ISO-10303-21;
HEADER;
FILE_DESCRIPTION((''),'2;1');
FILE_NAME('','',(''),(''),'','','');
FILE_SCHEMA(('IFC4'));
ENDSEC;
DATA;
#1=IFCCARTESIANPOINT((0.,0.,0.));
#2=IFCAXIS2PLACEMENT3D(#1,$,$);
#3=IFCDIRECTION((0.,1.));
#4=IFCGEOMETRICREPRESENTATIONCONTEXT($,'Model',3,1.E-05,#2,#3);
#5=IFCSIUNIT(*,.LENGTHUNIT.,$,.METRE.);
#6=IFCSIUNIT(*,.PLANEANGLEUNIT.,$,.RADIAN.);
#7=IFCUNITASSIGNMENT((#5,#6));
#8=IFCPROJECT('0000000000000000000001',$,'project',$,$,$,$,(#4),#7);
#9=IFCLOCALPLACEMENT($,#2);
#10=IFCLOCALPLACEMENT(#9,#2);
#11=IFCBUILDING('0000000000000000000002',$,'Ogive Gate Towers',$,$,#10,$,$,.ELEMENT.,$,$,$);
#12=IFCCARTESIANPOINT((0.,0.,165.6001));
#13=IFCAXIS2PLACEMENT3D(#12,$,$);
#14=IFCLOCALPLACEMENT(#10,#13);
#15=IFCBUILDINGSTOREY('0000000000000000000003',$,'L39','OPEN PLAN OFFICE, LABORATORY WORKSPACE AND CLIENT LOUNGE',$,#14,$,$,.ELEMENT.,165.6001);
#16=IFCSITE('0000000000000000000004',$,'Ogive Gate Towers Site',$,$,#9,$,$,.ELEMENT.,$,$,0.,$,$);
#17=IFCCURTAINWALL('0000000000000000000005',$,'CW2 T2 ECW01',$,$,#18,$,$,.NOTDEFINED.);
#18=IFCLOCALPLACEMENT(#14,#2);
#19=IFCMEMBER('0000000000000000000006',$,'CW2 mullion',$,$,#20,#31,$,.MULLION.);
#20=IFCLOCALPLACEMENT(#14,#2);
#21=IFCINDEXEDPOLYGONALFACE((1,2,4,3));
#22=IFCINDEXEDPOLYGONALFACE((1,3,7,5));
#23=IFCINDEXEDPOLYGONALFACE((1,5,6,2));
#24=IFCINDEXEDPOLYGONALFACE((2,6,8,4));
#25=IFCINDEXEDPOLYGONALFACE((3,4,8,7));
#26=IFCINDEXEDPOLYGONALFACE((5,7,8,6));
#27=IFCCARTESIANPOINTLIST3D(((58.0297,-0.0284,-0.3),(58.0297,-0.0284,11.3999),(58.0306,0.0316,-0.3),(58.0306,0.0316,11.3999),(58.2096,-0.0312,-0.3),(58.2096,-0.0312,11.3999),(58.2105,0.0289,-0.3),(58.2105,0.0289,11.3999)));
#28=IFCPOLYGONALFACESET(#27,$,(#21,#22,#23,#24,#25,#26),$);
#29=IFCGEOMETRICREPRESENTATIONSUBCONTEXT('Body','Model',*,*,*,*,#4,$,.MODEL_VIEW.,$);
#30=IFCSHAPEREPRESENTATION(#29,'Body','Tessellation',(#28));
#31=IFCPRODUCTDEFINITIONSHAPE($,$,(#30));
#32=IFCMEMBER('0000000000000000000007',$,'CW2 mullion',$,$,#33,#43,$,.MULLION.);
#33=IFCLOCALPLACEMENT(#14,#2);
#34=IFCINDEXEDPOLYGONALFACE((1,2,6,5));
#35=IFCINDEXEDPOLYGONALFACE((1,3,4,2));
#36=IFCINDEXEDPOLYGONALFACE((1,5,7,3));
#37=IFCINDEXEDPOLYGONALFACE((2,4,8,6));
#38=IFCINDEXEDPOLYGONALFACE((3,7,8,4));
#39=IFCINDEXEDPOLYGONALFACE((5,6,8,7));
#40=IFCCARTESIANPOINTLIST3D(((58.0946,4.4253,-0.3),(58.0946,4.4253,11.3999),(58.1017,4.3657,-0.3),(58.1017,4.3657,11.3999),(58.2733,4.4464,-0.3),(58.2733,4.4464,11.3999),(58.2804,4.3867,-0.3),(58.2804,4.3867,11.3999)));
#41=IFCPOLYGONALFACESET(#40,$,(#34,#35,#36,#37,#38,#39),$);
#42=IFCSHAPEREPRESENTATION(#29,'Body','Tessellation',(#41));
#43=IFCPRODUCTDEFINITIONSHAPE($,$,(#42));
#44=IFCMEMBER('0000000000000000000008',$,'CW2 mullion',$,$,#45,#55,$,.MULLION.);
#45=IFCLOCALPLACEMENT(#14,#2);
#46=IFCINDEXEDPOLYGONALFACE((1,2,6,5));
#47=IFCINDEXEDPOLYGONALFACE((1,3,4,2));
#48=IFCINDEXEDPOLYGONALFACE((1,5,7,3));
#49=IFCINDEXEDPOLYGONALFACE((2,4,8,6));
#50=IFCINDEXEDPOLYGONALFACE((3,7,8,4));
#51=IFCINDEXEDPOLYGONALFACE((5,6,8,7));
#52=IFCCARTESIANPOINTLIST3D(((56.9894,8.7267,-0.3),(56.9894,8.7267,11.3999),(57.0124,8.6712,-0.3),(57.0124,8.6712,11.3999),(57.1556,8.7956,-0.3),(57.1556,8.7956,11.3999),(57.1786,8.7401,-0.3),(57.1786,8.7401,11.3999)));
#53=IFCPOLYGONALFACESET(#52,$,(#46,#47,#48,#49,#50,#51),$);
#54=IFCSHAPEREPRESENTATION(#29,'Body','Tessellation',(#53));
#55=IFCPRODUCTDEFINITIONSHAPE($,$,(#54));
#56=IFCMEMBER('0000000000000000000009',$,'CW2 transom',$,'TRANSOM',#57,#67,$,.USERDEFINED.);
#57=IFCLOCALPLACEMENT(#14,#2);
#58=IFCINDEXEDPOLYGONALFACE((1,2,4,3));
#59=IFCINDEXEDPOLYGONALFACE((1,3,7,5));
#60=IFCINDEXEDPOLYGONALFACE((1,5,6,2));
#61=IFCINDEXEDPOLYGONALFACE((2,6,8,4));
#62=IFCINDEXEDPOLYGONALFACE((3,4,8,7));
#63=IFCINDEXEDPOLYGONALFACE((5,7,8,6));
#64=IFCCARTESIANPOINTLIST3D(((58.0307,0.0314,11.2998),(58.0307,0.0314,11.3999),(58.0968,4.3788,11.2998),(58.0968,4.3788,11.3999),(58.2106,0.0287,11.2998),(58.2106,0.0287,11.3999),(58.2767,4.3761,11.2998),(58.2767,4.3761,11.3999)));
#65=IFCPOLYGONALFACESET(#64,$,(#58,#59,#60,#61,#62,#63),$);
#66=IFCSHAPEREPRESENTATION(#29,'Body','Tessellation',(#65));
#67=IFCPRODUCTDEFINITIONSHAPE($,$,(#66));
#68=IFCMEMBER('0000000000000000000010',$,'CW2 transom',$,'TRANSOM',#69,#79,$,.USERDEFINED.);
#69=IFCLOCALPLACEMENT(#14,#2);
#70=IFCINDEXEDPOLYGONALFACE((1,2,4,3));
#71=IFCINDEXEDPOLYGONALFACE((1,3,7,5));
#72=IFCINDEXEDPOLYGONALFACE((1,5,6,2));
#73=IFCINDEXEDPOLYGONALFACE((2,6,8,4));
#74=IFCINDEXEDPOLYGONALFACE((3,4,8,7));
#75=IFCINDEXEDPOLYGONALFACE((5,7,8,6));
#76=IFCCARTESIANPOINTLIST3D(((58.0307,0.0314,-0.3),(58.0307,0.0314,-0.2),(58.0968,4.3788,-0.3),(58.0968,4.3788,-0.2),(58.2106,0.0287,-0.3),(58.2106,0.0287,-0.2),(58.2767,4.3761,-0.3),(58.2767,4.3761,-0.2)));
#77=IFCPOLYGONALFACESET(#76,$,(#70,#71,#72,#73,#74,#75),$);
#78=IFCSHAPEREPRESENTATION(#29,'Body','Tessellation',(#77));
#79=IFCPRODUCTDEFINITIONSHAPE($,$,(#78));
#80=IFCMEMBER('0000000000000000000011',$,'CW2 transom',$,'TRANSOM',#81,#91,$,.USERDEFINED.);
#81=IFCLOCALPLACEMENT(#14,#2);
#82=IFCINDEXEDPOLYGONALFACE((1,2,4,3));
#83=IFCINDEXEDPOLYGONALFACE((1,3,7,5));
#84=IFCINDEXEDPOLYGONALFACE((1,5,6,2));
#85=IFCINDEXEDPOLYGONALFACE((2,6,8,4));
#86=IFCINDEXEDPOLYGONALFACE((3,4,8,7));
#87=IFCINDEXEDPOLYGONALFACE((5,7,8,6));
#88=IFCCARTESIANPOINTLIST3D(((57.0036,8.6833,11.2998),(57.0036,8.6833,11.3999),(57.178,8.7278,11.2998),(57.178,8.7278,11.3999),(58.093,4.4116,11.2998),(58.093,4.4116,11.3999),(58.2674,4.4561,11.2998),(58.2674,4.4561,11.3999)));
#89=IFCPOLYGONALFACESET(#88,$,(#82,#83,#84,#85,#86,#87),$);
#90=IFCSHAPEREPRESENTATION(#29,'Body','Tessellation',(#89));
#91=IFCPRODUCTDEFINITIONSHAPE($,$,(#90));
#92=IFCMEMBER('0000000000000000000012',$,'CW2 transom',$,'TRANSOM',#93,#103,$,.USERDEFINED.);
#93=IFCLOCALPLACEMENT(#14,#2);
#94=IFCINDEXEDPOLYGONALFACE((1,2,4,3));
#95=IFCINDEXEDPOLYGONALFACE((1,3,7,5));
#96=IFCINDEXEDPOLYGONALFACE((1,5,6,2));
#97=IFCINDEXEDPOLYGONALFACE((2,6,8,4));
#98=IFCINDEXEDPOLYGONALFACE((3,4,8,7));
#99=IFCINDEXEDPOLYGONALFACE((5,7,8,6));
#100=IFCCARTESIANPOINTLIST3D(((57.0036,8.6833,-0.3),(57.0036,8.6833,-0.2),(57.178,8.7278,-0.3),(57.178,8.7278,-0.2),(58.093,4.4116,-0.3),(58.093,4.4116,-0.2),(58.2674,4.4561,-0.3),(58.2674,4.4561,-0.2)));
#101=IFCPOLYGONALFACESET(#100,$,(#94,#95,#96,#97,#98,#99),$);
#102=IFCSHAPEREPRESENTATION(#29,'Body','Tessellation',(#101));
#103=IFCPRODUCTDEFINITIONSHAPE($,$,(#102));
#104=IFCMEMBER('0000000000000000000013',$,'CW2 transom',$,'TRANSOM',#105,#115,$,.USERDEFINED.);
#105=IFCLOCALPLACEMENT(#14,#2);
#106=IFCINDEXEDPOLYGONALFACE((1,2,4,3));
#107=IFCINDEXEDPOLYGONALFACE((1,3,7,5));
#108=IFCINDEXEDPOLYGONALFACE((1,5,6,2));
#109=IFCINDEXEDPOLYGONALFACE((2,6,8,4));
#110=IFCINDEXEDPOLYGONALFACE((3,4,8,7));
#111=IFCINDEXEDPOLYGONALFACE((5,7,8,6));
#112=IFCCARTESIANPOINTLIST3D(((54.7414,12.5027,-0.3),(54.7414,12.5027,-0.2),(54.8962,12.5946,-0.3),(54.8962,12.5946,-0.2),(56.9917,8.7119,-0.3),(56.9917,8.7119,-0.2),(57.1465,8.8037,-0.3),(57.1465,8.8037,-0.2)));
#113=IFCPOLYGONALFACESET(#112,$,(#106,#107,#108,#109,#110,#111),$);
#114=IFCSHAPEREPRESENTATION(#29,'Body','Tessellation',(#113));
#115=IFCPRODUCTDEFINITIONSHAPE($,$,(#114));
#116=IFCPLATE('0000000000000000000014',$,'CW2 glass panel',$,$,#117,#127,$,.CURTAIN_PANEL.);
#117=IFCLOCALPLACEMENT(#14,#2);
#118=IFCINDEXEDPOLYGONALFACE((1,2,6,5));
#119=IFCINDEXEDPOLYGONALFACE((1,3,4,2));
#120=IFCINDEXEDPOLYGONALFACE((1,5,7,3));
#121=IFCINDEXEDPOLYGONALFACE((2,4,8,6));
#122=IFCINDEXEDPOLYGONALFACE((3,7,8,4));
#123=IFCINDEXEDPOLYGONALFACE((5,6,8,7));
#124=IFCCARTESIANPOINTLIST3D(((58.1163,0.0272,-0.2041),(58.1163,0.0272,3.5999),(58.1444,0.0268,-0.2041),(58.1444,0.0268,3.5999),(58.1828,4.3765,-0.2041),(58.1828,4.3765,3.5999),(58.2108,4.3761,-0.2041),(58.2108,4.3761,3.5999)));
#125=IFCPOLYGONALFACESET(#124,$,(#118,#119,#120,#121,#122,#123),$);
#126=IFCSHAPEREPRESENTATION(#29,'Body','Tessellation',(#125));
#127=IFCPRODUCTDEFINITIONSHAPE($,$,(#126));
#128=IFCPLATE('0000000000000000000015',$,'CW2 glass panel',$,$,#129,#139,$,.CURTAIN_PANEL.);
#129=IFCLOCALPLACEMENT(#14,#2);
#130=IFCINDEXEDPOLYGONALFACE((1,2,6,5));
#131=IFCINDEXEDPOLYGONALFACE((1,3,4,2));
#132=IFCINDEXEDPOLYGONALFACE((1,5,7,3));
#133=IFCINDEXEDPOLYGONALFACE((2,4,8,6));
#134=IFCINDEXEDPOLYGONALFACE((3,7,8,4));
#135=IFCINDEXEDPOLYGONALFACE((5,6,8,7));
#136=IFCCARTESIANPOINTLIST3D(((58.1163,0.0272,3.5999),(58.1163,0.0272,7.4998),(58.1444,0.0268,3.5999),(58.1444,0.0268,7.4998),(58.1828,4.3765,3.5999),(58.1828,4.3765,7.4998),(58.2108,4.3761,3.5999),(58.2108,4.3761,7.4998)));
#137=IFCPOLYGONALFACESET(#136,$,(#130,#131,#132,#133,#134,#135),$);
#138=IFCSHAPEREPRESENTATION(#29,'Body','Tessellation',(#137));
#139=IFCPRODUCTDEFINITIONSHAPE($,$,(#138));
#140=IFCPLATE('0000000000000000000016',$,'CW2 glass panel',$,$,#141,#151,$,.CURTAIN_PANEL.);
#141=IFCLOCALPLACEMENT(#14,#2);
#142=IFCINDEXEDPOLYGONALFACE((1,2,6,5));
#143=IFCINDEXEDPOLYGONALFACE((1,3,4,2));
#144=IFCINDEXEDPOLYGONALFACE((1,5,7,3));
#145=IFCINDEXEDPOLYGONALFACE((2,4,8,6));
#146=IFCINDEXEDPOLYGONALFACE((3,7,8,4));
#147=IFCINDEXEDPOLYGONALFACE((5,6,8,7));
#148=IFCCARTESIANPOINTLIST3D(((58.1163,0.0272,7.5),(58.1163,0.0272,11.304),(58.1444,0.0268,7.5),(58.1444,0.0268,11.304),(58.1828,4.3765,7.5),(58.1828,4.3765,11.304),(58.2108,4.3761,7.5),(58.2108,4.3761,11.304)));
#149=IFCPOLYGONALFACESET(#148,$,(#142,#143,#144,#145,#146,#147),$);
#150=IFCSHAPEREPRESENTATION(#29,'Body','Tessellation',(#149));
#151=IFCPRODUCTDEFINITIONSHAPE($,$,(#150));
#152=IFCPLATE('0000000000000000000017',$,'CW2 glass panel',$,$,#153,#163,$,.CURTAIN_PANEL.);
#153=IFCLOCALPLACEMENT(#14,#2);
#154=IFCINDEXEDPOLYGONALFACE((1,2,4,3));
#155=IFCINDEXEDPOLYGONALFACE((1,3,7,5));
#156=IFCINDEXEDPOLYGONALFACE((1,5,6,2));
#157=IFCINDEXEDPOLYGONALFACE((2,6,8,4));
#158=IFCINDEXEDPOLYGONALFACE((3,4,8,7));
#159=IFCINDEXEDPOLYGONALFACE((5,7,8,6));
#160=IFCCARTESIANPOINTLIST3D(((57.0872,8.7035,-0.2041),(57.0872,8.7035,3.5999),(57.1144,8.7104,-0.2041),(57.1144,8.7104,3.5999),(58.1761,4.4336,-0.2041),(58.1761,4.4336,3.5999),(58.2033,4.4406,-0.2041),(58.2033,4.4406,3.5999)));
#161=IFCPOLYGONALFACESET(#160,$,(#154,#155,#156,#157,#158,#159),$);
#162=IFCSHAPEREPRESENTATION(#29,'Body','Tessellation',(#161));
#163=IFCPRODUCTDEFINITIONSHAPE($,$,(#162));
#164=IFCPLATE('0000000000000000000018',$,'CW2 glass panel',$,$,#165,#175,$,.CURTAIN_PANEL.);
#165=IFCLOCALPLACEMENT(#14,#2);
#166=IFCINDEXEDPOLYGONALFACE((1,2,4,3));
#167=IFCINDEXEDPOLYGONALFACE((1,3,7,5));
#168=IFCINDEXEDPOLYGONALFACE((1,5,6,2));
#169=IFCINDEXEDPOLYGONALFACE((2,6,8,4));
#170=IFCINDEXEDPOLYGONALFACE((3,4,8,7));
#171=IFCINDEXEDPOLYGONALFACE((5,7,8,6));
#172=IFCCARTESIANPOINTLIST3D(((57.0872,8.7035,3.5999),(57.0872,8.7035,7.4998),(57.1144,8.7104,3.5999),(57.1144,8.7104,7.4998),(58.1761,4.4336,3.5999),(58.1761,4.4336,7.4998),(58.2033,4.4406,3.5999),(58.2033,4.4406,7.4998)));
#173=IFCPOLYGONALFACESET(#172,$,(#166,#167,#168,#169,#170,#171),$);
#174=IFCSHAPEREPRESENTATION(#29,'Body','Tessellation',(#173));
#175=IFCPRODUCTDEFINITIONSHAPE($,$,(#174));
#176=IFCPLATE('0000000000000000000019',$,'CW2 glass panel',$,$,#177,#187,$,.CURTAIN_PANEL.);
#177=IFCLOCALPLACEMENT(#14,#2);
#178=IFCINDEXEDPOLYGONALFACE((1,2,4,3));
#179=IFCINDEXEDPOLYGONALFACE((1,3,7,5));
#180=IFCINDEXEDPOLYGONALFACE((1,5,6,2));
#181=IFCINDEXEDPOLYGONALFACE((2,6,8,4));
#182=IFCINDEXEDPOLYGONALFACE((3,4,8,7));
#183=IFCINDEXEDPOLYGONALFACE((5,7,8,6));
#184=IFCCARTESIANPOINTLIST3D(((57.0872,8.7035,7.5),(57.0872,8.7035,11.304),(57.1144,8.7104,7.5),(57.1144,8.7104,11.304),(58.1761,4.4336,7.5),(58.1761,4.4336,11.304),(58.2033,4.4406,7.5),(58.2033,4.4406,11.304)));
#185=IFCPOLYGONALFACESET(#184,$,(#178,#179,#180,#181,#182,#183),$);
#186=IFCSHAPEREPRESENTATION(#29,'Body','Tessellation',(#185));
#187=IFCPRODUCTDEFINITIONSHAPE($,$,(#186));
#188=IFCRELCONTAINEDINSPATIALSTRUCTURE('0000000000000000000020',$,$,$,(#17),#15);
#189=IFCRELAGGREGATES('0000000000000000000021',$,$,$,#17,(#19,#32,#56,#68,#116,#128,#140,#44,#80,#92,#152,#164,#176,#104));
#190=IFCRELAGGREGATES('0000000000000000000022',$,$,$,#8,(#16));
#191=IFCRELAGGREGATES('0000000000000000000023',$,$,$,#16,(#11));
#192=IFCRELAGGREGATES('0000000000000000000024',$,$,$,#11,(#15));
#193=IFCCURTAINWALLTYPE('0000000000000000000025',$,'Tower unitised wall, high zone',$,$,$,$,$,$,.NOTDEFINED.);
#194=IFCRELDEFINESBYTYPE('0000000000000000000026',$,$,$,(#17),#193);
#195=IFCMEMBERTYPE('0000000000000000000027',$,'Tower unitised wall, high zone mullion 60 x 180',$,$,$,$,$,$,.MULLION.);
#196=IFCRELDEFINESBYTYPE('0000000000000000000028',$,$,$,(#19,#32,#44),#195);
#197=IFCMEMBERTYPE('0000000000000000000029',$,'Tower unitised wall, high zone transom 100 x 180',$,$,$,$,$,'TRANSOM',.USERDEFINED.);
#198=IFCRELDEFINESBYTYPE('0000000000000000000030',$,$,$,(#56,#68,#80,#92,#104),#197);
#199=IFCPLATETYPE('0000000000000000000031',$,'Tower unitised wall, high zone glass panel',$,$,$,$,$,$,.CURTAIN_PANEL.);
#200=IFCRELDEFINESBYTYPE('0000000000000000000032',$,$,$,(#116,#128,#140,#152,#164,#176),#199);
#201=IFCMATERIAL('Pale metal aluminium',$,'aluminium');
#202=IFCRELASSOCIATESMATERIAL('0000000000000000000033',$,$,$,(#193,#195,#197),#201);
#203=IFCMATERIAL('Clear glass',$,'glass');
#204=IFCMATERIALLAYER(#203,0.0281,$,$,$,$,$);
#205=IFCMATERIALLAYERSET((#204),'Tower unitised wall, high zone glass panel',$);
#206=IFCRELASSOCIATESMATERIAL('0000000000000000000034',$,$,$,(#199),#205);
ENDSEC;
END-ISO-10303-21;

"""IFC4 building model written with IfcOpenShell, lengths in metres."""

from ifc_helpers import new_model, si_unit, direction, frame, origin, origin_2d, place, context, subcontext, project, spatial, rectangle, extrude, material, layer, layer_set, material_profile, profile_set, type_object, element, aggregate, save


model = new_model("IFC4")

# Units and contexts
model_context = context("Model", 3, precision=1e-05, world=origin(), true_north=direction((0.0, 1.0)))
body_context = subcontext(model_context, "Body", "Model", "MODEL_VIEW")
ifc_project = project(units=[si_unit("LENGTHUNIT", "METRE"), si_unit("PLANEANGLEUNIT", "RADIAN")], contexts=[model_context])

# Site, building, storey
site_placement = place(None, origin())
site = spatial("IfcSite", under=ifc_project, at=site_placement, Name="Ogive Gate Towers Site", CompositionType="ELEMENT", RefElevation=0.0)
building_placement = place(site_placement, origin())
building = spatial("IfcBuilding", under=site, at=building_placement, Name="Ogive Gate Towers", CompositionType="ELEMENT")
storey_placement = place(building_placement, frame((0.0, 0.0, 165.6001)))
storey = spatial("IfcBuildingStorey", under=building, at=storey_placement, Name="L39", Description="OPEN PLAN OFFICE, LABORATORY WORKSPACE AND CLIENT LOUNGE", CompositionType="ELEMENT", Elevation=165.6001)

# Curtain wall, members, plates
ifc_material_1 = material(Name="Pale metal aluminium", Category="aluminium")
curtain_wall_type = type_object("IfcCurtainWallType", Name="Tower unitised wall, high zone", PredefinedType="NOTDEFINED", material=ifc_material_1)
curtain_wall_placement = place(storey_placement, origin())
curtain_wall = element("IfcCurtainWall", 1, at=curtain_wall_placement, inside=storey, type_object=curtain_wall_type, Name="CW2 T2 ECW01", PredefinedType="NOTDEFINED")
ifc_material_profile_1 = material_profile(ifc_material_1, rectangle(XDim=0.1799, YDim=0.0601, at=origin_2d()), Name="60 x 180 aluminium box")
ifc_profile_set_1 = profile_set([ifc_material_profile_1], Name="Pale metal aluminium")
member_type_1 = type_object("IfcMemberType", Name="Tower unitised wall, high zone mullion 60 x 180", PredefinedType="MULLION", material=ifc_profile_set_1)
member_1_placement = place(storey_placement, frame((58.1201, 0.0002, -0.3), z_axis=(0.0, 0.0, 1.0), x_axis=(0.999883, -0.015271, 0.0)))
member_1 = element("IfcMember", 2, at=member_1_placement, type_object=member_type_1, Name="CW2 mullion", PredefinedType="MULLION", context=body_context, shape_type="SweptSolid", body=[
    extrude(rectangle(XDim=0.1799, YDim=0.0601, at=origin_2d()), origin(), (0.0, 0.0, 1.0), 11.7),
])
member_2_placement = place(storey_placement, frame((58.1875, 4.406, -0.3), z_axis=(0.0, 0.0, 1.0), x_axis=(0.993138, 0.116948, 0.0)))
member_2 = element("IfcMember", 3, at=member_2_placement, type_object=member_type_1, Name="CW2 mullion", PredefinedType="MULLION", context=body_context, shape_type="SweptSolid", body=[
    extrude(rectangle(XDim=0.1799, YDim=0.0601, at=origin_2d()), origin(), (0.0, 0.0, 1.0), 11.7),
])
member_3_placement = place(storey_placement, frame((57.084, 8.7334, -0.3), z_axis=(0.0, 0.0, 1.0), x_axis=(0.92388, 0.382683, 0.0)))
member_3 = element("IfcMember", 4, at=member_3_placement, type_object=member_type_1, Name="CW2 mullion", PredefinedType="MULLION", context=body_context, shape_type="SweptSolid", body=[
    extrude(rectangle(XDim=0.1799, YDim=0.0601, at=origin_2d()), origin(), (0.0, 0.0, 1.0), 11.7),
])
ifc_material_profile_2 = material_profile(ifc_material_1, rectangle(XDim=0.1799, YDim=0.1001, at=origin_2d()), Name="100 x 180 aluminium box")
ifc_profile_set_2 = profile_set([ifc_material_profile_2], Name="Pale metal aluminium")
member_type_2 = type_object("IfcMemberType", Name="Tower unitised wall, high zone transom 100 x 180", ElementType="TRANSOM", PredefinedType="USERDEFINED", material=ifc_profile_set_2)
member_4_placement = place(storey_placement, frame((58.1206, 0.03, 11.3499), z_axis=(0.015217, 0.999884, 0.0), x_axis=(-0.999884, 0.015217, 0.0)))
member_4 = element("IfcMember", 5, at=member_4_placement, type_object=member_type_2, Name="CW2 transom", ObjectType="TRANSOM", PredefinedType="USERDEFINED", context=body_context, shape_type="SweptSolid", body=[
    extrude(rectangle(XDim=0.1799, YDim=0.1001, at=origin_2d()), origin(), (0.0, 0.0, 1.0), 4.3479),
])
member_5_placement = place(storey_placement, frame((58.1206, 0.03, -0.25), z_axis=(0.015217, 0.999884, 0.0), x_axis=(-0.999884, 0.015217, 0.0)))
member_5 = element("IfcMember", 6, at=member_5_placement, type_object=member_type_2, Name="CW2 transom", ObjectType="TRANSOM", PredefinedType="USERDEFINED", context=body_context, shape_type="SweptSolid", body=[
    extrude(rectangle(XDim=0.1799, YDim=0.1001, at=origin_2d()), origin(), (0.0, 0.0, 1.0), 4.3479),
])
member_6_placement = place(storey_placement, frame((58.1802, 4.4338, 11.3499), z_axis=(-0.247107, 0.968988, 0.0), x_axis=(-0.968988, -0.247107, 0.0)))
member_6 = element("IfcMember", 7, at=member_6_placement, type_object=member_type_2, Name="CW2 transom", ObjectType="TRANSOM", PredefinedType="USERDEFINED", context=body_context, shape_type="SweptSolid", body=[
    extrude(rectangle(XDim=0.1799, YDim=0.1001, at=origin_2d()), origin(), (0.0, 0.0, 1.0), 4.4084),
])
member_7_placement = place(storey_placement, frame((58.1802, 4.4338, -0.25), z_axis=(-0.247107, 0.968988, 0.0), x_axis=(-0.968988, -0.247107, 0.0)))
member_7 = element("IfcMember", 8, at=member_7_placement, type_object=member_type_2, Name="CW2 transom", ObjectType="TRANSOM", PredefinedType="USERDEFINED", context=body_context, shape_type="SweptSolid", body=[
    extrude(rectangle(XDim=0.1799, YDim=0.1001, at=origin_2d()), origin(), (0.0, 0.0, 1.0), 4.4084),
])
member_8_placement = place(storey_placement, frame((57.0691, 8.7578, -0.25), z_axis=(-0.51045, 0.859907, 0.0), x_axis=(-0.859907, -0.51045, 0.0)))
member_8 = element("IfcMember", 9, at=member_8_placement, type_object=member_type_2, Name="CW2 transom", ObjectType="TRANSOM", PredefinedType="USERDEFINED", context=body_context, shape_type="SweptSolid", body=[
    extrude(rectangle(XDim=0.1799, YDim=0.1001, at=origin_2d()), origin(), (0.0, 0.0, 1.0), 4.4084),
])
ifc_material_2 = material(Name="Clear glass", Category="glass")
ifc_layer = layer(ifc_material_2, 0.0281)
ifc_layer_set = layer_set([ifc_layer], Name="Tower unitised wall, high zone glass panel")
plate_type = type_object("IfcPlateType", Name="Tower unitised wall, high zone glass panel", PredefinedType="CURTAIN_PANEL", material=ifc_layer_set)
plate_1_placement = place(storey_placement, frame((58.1636, 2.2017, -0.2041), z_axis=(0.0, 0.0, 1.0), x_axis=(0.015271, 0.999883, 0.0)))
plate_1 = element("IfcPlate", 10, at=plate_1_placement, type_object=plate_type, Name="CW2 glass panel", PredefinedType="CURTAIN_PANEL", context=body_context, shape_type="SweptSolid", body=[
    extrude(rectangle(XDim=4.3499, YDim=0.0281, at=origin_2d()), origin(), (0.0, 0.0, 1.0), 3.804),
])
plate_2_placement = place(storey_placement, frame((58.1636, 2.2017, 3.5999), z_axis=(0.0, 0.0, 1.0), x_axis=(0.015271, 0.999883, 0.0)))
plate_2 = element("IfcPlate", 11, at=plate_2_placement, type_object=plate_type, Name="CW2 glass panel", PredefinedType="CURTAIN_PANEL", context=body_context, shape_type="SweptSolid", body=[
    extrude(rectangle(XDim=4.3499, YDim=0.0281, at=origin_2d()), origin(), (0.0, 0.0, 1.0), 3.8999),
])
plate_3_placement = place(storey_placement, frame((58.1636, 2.2017, 7.5), z_axis=(0.0, 0.0, 1.0), x_axis=(0.015271, 0.999883, 0.0)))
plate_3 = element("IfcPlate", 12, at=plate_3_placement, type_object=plate_type, Name="CW2 glass panel", PredefinedType="CURTAIN_PANEL", context=body_context, shape_type="SweptSolid", body=[
    extrude(rectangle(XDim=4.3499, YDim=0.0281, at=origin_2d()), origin(), (0.0, 0.0, 1.0), 3.804),
])
plate_4_placement = place(storey_placement, frame((57.6453, 6.572, -0.2041), z_axis=(0.0, 0.0, 1.0), x_axis=(-0.2471, 0.96899, 0.0)))
plate_4 = element("IfcPlate", 13, at=plate_4_placement, type_object=plate_type, Name="CW2 glass panel", PredefinedType="CURTAIN_PANEL", context=body_context, shape_type="SweptSolid", body=[
    extrude(rectangle(XDim=4.4065, YDim=0.0281, at=origin_2d()), origin(), (0.0, 0.0, 1.0), 3.804),
])
plate_5_placement = place(storey_placement, frame((57.6453, 6.572, 3.5999), z_axis=(0.0, 0.0, 1.0), x_axis=(-0.2471, 0.96899, 0.0)))
plate_5 = element("IfcPlate", 14, at=plate_5_placement, type_object=plate_type, Name="CW2 glass panel", PredefinedType="CURTAIN_PANEL", context=body_context, shape_type="SweptSolid", body=[
    extrude(rectangle(XDim=4.4065, YDim=0.0281, at=origin_2d()), origin(), (0.0, 0.0, 1.0), 3.8999),
])
plate_6_placement = place(storey_placement, frame((57.6453, 6.572, 7.5), z_axis=(0.0, 0.0, 1.0), x_axis=(-0.2471, 0.96899, 0.0)))
plate_6 = element("IfcPlate", 15, at=plate_6_placement, type_object=plate_type, Name="CW2 glass panel", PredefinedType="CURTAIN_PANEL", context=body_context, shape_type="SweptSolid", body=[
    extrude(rectangle(XDim=4.4065, YDim=0.0281, at=origin_2d()), origin(), (0.0, 0.0, 1.0), 3.804),
])
aggregate(curtain_wall, [member_1, member_2, member_4, member_5, plate_1, plate_2, plate_3, member_3, member_6, member_7, plate_4, plate_5, plate_6, member_8])

save(model, "model.ifc")
